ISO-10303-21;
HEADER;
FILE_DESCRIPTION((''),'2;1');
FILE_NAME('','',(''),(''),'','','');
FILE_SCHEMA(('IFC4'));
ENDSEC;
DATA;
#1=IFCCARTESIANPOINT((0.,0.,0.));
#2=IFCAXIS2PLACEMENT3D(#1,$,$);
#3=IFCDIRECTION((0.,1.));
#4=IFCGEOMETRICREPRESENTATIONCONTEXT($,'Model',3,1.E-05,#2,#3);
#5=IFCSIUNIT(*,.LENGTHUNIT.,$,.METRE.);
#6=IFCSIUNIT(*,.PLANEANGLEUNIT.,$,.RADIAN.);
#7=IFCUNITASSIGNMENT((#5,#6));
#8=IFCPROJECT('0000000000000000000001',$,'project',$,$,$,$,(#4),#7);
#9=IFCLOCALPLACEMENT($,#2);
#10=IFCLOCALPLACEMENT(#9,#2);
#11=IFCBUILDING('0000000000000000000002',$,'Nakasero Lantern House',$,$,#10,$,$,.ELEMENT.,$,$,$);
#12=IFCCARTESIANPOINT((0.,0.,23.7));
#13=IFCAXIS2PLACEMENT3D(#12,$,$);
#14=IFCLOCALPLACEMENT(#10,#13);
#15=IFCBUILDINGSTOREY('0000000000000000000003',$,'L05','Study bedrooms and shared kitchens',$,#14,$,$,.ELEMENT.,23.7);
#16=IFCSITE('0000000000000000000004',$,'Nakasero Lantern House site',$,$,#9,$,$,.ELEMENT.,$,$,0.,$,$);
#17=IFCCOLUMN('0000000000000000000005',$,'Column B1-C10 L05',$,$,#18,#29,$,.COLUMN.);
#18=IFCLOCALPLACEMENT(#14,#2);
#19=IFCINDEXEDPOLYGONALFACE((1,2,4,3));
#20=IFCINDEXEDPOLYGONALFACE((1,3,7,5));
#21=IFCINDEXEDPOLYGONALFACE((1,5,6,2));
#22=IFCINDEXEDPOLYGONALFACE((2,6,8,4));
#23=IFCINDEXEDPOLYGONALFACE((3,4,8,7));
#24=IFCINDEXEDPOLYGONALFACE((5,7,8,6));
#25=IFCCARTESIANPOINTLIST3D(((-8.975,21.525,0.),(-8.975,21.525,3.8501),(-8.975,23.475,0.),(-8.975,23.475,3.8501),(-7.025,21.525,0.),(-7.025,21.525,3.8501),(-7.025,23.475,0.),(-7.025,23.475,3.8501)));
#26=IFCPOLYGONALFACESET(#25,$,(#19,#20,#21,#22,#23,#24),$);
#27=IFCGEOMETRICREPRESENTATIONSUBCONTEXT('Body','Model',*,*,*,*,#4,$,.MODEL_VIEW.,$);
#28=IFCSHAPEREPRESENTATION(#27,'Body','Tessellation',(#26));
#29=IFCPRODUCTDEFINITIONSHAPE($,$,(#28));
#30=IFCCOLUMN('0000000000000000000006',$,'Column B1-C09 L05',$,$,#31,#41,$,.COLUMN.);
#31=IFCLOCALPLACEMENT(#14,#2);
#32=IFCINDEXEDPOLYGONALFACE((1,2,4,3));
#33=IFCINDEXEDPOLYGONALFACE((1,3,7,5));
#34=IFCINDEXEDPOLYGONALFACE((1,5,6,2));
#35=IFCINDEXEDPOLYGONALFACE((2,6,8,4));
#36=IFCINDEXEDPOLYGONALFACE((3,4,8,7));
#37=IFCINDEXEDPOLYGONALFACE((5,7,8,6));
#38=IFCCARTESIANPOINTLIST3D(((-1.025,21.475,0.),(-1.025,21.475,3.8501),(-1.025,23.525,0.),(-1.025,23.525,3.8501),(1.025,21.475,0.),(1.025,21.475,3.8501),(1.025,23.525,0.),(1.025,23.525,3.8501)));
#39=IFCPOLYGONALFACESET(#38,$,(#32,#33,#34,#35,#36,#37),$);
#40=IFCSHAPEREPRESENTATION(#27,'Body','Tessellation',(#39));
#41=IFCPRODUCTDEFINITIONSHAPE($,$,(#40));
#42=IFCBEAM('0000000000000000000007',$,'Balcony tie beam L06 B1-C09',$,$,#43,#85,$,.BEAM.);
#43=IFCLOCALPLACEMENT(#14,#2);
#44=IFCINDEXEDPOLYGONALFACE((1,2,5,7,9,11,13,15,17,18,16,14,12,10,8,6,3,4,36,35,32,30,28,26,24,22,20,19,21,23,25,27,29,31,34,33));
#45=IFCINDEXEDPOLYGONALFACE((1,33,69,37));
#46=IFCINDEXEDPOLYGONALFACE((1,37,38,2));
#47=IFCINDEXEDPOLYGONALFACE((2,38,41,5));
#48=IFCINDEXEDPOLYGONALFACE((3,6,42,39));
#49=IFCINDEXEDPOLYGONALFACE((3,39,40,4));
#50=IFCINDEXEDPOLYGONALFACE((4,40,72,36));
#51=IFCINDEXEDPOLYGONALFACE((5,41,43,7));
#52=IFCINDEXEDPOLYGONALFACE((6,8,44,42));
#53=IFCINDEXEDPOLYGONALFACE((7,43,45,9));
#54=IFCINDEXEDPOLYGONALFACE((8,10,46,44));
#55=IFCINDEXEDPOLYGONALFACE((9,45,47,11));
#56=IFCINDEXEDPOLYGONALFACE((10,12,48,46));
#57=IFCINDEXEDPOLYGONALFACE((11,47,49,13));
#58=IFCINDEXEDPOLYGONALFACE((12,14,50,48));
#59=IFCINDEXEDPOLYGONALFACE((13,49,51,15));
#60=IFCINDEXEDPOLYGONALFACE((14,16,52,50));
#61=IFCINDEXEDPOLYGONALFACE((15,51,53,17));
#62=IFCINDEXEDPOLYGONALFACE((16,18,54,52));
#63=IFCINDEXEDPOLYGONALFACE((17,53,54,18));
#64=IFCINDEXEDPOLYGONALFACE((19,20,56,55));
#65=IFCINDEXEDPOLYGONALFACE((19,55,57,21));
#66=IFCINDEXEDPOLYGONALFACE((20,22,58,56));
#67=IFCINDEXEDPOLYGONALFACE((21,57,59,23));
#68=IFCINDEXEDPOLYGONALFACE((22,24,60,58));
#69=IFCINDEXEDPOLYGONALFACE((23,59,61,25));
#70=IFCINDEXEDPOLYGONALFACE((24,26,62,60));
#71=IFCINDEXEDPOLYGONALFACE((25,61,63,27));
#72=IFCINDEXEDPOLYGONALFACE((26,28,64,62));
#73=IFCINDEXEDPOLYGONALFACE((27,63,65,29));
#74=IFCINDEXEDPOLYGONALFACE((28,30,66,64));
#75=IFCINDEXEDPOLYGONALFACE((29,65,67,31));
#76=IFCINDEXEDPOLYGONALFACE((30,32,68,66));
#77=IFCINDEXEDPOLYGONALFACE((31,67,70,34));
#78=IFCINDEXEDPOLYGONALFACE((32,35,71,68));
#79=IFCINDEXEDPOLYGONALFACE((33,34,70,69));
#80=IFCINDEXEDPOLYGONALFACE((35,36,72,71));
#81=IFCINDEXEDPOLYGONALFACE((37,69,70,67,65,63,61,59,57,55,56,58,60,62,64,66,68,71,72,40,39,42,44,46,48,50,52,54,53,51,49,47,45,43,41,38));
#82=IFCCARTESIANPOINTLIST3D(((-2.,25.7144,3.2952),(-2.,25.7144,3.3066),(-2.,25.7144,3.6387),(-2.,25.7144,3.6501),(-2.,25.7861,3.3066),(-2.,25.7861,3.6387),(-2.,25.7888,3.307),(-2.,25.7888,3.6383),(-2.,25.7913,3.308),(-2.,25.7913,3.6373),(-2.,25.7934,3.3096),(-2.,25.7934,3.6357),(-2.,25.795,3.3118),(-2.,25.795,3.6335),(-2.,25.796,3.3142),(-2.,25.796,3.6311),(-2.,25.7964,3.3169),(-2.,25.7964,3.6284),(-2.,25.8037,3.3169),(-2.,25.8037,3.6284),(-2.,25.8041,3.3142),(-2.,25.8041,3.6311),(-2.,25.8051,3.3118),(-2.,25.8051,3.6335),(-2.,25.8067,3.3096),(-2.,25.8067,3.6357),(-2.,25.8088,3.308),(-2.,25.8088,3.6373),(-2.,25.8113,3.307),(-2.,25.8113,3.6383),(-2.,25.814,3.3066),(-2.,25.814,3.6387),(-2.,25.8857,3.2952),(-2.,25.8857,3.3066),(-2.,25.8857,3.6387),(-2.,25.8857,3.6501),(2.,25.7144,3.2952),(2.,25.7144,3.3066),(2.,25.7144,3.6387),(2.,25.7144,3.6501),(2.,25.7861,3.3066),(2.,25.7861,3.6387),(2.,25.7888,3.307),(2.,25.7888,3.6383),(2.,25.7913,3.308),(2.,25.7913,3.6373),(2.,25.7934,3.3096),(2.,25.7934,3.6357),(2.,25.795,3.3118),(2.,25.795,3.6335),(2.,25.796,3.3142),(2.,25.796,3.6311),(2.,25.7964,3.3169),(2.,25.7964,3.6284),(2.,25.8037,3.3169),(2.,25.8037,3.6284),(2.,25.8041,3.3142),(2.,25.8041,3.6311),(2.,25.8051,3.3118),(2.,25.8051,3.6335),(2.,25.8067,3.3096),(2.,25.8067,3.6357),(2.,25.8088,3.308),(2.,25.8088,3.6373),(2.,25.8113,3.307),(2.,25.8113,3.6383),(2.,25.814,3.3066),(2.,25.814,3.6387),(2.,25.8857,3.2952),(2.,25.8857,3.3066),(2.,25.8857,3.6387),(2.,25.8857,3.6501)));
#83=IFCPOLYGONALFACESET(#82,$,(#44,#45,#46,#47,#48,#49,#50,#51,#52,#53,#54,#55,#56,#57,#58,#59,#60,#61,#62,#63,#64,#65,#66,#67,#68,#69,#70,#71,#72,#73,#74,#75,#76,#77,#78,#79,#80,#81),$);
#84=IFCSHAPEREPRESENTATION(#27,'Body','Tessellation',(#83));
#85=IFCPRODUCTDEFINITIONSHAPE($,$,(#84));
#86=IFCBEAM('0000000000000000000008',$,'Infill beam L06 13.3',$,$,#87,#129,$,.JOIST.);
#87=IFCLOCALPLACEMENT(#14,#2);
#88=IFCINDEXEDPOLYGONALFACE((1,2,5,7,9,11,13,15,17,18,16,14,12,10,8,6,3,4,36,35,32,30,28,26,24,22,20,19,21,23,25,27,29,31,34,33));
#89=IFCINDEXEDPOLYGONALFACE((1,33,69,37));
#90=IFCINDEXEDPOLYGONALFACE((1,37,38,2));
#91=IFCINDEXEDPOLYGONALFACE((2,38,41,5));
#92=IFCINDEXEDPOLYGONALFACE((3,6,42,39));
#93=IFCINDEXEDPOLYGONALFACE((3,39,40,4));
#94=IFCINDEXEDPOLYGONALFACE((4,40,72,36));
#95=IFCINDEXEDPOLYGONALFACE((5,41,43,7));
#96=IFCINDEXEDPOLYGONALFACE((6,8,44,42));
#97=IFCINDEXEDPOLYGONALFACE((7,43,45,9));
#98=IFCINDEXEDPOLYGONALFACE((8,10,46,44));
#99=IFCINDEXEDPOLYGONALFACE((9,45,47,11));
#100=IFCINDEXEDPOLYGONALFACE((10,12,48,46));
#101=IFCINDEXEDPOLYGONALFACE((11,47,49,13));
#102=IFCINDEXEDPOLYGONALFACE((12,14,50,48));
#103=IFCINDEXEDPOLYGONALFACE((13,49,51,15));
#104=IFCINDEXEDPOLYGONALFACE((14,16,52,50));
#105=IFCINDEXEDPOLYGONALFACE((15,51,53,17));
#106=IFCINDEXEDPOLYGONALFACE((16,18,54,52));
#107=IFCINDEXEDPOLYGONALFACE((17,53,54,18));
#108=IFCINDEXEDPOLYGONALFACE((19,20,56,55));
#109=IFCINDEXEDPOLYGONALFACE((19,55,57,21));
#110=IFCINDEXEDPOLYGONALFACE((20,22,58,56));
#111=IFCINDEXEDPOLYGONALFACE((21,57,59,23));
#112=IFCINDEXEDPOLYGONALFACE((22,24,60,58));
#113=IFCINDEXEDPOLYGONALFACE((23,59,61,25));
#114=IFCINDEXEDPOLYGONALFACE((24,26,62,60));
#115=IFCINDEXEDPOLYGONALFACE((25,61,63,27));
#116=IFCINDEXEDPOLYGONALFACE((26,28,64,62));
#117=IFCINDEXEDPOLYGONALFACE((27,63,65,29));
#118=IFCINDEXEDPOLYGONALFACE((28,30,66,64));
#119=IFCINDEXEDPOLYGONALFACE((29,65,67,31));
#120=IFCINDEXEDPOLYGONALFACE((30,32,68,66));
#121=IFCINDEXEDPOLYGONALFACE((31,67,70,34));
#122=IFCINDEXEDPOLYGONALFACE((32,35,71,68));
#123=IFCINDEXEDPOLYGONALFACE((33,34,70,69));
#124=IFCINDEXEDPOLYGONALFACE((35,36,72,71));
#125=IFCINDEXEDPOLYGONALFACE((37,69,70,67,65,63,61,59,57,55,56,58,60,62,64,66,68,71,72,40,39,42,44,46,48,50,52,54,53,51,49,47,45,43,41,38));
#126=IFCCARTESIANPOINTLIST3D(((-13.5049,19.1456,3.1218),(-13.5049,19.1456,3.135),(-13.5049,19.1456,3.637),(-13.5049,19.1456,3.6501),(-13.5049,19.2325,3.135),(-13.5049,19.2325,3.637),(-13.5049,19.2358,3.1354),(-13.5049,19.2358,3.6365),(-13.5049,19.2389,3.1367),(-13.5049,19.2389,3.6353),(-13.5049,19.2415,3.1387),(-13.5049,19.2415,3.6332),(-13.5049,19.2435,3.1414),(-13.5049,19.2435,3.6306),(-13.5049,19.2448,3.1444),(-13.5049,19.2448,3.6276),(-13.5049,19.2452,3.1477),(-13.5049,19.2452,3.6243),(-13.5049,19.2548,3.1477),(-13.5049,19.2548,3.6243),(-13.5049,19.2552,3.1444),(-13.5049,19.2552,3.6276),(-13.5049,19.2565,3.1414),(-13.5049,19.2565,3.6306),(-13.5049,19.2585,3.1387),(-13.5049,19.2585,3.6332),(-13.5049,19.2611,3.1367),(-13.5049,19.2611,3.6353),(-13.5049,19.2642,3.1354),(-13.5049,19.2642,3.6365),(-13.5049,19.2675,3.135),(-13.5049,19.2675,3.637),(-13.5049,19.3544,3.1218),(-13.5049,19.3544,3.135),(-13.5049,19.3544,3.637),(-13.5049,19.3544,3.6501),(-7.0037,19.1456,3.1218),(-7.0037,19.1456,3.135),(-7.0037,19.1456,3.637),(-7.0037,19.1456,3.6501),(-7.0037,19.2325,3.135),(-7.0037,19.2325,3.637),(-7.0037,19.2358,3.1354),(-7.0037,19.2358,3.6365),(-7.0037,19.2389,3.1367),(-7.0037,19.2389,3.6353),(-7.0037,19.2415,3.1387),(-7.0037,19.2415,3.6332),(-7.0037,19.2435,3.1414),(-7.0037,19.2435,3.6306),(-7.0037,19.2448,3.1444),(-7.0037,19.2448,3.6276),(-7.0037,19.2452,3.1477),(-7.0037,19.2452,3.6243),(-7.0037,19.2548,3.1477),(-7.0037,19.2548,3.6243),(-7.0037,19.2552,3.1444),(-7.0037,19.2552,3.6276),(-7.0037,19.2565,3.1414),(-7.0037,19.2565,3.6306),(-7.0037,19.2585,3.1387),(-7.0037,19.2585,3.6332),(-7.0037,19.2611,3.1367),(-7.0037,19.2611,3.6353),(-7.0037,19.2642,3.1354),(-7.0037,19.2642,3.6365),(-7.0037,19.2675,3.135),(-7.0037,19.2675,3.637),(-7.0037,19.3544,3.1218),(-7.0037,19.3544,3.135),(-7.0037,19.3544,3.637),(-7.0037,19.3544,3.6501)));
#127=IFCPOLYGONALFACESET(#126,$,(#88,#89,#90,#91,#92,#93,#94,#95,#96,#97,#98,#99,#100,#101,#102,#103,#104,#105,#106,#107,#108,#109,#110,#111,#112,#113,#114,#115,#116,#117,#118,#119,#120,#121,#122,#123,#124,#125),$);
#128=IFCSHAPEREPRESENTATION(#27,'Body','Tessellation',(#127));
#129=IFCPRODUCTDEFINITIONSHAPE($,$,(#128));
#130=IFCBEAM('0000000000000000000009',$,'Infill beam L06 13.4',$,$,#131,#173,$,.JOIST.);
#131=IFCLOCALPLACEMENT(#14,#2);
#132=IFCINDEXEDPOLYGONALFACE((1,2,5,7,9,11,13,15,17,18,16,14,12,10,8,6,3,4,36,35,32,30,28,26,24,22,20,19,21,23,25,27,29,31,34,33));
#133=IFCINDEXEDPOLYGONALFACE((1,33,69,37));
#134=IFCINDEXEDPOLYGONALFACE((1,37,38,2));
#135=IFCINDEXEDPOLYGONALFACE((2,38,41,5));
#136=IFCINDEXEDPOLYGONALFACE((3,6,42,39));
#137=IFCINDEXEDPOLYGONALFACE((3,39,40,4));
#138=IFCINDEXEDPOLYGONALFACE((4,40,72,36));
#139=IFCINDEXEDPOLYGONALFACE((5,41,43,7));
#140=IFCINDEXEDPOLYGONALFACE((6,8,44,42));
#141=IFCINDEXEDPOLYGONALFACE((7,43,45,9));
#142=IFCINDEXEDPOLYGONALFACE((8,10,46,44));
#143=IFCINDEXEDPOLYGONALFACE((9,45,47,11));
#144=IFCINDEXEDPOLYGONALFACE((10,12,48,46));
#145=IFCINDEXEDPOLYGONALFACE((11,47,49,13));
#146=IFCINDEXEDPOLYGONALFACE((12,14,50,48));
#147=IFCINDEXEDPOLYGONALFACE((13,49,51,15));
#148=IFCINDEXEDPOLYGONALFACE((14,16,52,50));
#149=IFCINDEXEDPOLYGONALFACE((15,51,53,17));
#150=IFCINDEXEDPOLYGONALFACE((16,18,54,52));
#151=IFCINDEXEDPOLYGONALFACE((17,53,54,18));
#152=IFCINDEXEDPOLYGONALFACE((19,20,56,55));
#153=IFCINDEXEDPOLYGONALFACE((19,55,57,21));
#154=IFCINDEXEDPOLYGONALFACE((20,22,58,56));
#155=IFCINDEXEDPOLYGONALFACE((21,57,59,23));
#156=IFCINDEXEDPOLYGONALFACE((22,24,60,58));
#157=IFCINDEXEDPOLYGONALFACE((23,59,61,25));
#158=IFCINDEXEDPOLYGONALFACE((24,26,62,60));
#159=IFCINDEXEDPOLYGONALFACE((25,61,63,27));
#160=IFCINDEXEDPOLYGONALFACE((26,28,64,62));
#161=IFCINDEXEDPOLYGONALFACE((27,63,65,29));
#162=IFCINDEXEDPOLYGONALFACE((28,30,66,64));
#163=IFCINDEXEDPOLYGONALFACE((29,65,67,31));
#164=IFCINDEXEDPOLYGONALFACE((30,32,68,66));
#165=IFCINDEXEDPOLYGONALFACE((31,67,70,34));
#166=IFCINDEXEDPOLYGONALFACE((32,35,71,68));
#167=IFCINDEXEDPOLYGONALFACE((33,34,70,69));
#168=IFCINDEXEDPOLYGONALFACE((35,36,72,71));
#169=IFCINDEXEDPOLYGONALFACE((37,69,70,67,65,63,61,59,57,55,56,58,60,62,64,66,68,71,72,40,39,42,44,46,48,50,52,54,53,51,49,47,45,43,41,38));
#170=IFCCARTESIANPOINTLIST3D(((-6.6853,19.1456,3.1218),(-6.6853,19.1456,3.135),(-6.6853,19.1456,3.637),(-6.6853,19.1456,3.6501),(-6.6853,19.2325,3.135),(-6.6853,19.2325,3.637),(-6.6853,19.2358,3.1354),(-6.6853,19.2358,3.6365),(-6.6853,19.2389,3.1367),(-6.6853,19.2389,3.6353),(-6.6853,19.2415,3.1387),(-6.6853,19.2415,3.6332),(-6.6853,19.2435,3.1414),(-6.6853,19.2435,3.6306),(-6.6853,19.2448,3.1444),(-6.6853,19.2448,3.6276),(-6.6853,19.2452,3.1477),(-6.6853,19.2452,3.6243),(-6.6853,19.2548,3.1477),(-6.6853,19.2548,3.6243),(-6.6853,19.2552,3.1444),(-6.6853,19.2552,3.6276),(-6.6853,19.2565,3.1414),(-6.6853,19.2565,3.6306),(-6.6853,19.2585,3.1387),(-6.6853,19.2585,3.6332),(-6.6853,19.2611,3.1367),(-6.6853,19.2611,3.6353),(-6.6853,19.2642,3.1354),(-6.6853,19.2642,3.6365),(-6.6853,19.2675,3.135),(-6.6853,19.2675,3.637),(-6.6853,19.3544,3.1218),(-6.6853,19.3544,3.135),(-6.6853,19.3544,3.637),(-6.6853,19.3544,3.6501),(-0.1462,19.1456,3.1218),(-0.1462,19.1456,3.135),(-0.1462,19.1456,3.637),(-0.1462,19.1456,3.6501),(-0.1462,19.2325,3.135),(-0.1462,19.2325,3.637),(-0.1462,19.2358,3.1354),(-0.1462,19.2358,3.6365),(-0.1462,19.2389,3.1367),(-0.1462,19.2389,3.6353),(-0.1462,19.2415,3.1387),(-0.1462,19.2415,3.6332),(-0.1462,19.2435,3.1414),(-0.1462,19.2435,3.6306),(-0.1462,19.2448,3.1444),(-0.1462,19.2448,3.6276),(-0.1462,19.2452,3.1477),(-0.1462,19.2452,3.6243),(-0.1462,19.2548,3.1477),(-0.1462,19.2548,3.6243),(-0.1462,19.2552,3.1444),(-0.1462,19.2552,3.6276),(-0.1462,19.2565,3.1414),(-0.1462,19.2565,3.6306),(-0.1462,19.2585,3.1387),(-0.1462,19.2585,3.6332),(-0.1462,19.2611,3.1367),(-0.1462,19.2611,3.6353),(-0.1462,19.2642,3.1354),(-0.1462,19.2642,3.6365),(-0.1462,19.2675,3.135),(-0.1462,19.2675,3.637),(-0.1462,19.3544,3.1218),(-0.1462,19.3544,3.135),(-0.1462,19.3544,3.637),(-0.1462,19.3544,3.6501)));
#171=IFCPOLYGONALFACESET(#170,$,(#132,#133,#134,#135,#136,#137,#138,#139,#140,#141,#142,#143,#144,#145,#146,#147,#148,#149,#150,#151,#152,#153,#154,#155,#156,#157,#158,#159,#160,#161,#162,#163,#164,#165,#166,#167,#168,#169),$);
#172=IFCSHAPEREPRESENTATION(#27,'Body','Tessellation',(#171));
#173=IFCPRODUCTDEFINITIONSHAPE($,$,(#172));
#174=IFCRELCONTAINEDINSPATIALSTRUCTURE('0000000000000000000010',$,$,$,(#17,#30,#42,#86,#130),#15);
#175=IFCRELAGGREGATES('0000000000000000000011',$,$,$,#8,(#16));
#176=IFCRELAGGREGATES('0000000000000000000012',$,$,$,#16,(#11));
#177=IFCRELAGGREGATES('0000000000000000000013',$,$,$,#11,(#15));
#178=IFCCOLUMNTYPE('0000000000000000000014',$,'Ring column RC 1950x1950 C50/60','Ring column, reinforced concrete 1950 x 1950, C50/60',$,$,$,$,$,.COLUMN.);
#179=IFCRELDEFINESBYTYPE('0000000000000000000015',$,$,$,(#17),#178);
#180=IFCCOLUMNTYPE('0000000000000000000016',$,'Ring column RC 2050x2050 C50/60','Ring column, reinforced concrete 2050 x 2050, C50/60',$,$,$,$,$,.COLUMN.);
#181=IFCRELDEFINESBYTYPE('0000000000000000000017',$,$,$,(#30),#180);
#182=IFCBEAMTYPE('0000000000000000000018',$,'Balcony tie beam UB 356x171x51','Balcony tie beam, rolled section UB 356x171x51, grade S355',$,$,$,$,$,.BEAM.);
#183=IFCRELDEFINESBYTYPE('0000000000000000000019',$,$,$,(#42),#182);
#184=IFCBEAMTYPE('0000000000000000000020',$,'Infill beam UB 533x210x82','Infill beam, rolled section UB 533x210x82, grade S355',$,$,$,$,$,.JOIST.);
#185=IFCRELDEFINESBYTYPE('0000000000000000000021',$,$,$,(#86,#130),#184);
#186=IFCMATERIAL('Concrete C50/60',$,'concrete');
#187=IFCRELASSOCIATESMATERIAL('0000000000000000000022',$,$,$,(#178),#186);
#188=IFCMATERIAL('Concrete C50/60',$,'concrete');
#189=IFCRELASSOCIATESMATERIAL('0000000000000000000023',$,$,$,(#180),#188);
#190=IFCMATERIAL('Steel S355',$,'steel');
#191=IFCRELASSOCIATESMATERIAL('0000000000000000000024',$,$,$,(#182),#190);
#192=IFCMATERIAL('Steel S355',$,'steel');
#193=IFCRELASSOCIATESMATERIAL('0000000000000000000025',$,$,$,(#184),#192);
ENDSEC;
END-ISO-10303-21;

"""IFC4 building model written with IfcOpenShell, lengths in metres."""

from ifc_helpers import new_model, si_unit, direction, frame, origin, origin_2d, place, context, subcontext, project, spatial, rectangle, i_section, extrude, material, material_profile, profile_set, type_object, element, save


model = new_model("IFC4")

# Units and contexts
model_context = context("Model", 3, precision=1e-05, world=origin(), true_north=direction((0.0, 1.0)))
body_context = subcontext(model_context, "Body", "Model", "MODEL_VIEW")
ifc_project = project(units=[si_unit("LENGTHUNIT", "METRE"), si_unit("PLANEANGLEUNIT", "RADIAN")], contexts=[model_context])

# Site, building, storey
site_placement = place(None, origin())
site = spatial("IfcSite", under=ifc_project, at=site_placement, Name="Nakasero Lantern House site", CompositionType="ELEMENT", RefElevation=0.0)
building_placement = place(site_placement, origin())
building = spatial("IfcBuilding", under=site, at=building_placement, Name="Nakasero Lantern House", CompositionType="ELEMENT")
storey_placement = place(building_placement, frame((0.0, 0.0, 23.7)))
storey = spatial("IfcBuildingStorey", under=building, at=storey_placement, Name="L05", Description="Study bedrooms and shared kitchens", CompositionType="ELEMENT", Elevation=23.7)

# Columns
ifc_material_1 = material(Name="Concrete C50/60", Category="concrete")
ifc_material_profile_1 = material_profile(ifc_material_1, rectangle(XDim=1.95, YDim=1.95, at=origin_2d()), Name="RC 1950x1950")
ifc_profile_set_1 = profile_set([ifc_material_profile_1], Name="Concrete C50/60")
column_type_1 = type_object("IfcColumnType", Name="Ring column RC 1950x1950 C50/60", Description="Ring column, reinforced concrete 1950 x 1950, C50/60", PredefinedType="COLUMN", material=ifc_profile_set_1)
column_1_placement = place(storey_placement, frame((-8.0, 22.5, 0.0), z_axis=(0.0, 0.0, 1.0), x_axis=(1.0, 0.0, 0.0)))
element("IfcColumn", 1, at=column_1_placement, inside=storey, type_object=column_type_1, Name="Column B1-C10 L05", PredefinedType="COLUMN", context=body_context, shape_type="SweptSolid", body=[
    extrude(rectangle(XDim=1.95, YDim=1.95, at=origin_2d()), origin(), (0.0, 0.0, 1.0), 3.8501),
])
ifc_material_2 = material(Name="Concrete C50/60", Category="concrete")
ifc_material_profile_2 = material_profile(ifc_material_2, rectangle(XDim=2.05, YDim=2.05, at=origin_2d()), Name="RC 2050x2050")
ifc_profile_set_2 = profile_set([ifc_material_profile_2], Name="Concrete C50/60")
column_type_2 = type_object("IfcColumnType", Name="Ring column RC 2050x2050 C50/60", Description="Ring column, reinforced concrete 2050 x 2050, C50/60", PredefinedType="COLUMN", material=ifc_profile_set_2)
column_2_placement = place(storey_placement, frame((0.0, 22.5, 0.0), z_axis=(0.0, 0.0, 1.0), x_axis=(1.0, 0.0, 0.0)))
element("IfcColumn", 2, at=column_2_placement, inside=storey, type_object=column_type_2, Name="Column B1-C09 L05", PredefinedType="COLUMN", context=body_context, shape_type="SweptSolid", body=[
    extrude(rectangle(XDim=2.05, YDim=2.05, at=origin_2d()), origin(), (0.0, 0.0, 1.0), 3.8501),
])

# Beams
ifc_material_3 = material(Name="Steel S355", Category="steel")
ifc_material_profile_3 = material_profile(ifc_material_3, i_section(OverallWidth=0.1714, OverallDepth=0.355, WebThickness=0.0073, FlangeThickness=0.0115, FilletRadius=0.0103, at=origin_2d()), Name="UB 356x171x51")
ifc_profile_set_3 = profile_set([ifc_material_profile_3], Name="Steel S355")
beam_type_1 = type_object("IfcBeamType", Name="Balcony tie beam UB 356x171x51", Description="Balcony tie beam, rolled section UB 356x171x51, grade S355", PredefinedType="BEAM", material=ifc_profile_set_3)
beam_1_placement = place(storey_placement, frame((-2.0, 25.8, 3.4727), z_axis=(1.0, 0.0, 0.0), x_axis=(0.0, 1.0, 0.0)))
element("IfcBeam", 3, at=beam_1_placement, inside=storey, type_object=beam_type_1, Name="Balcony tie beam L06 B1-C09", PredefinedType="BEAM", context=body_context, shape_type="SweptSolid", body=[
    extrude(i_section(OverallWidth=0.1714, OverallDepth=0.355, WebThickness=0.0073, FlangeThickness=0.0115, FilletRadius=0.0103, at=origin_2d()), origin(), (0.0, 0.0, 1.0), 4.0),
])
ifc_material_4 = material(Name="Steel S355", Category="steel")
ifc_material_profile_4 = material_profile(ifc_material_4, i_section(OverallWidth=0.2087, OverallDepth=0.5283, WebThickness=0.0095, FlangeThickness=0.0132, FilletRadius=0.0127, at=origin_2d()), Name="UB 533x210x82")
ifc_profile_set_4 = profile_set([ifc_material_profile_4], Name="Steel S355")
beam_type_2 = type_object("IfcBeamType", Name="Infill beam UB 533x210x82", Description="Infill beam, rolled section UB 533x210x82, grade S355", PredefinedType="JOIST", material=ifc_profile_set_4)
beam_2_placement = place(storey_placement, frame((-13.5049, 19.25, 3.386), z_axis=(1.0, 0.0, 0.0), x_axis=(0.0, 1.0, 0.0)))
element("IfcBeam", 4, at=beam_2_placement, inside=storey, type_object=beam_type_2, Name="Infill beam L06 13.3", PredefinedType="JOIST", context=body_context, shape_type="SweptSolid", body=[
    extrude(i_section(OverallWidth=0.2087, OverallDepth=0.5283, WebThickness=0.0095, FlangeThickness=0.0132, FilletRadius=0.0127, at=origin_2d()), origin(), (0.0, 0.0, 1.0), 6.5012),
])
beam_3_placement = place(storey_placement, frame((-6.6853, 19.25, 3.386), z_axis=(1.0, 0.0, 0.0), x_axis=(0.0, 1.0, 0.0)))
element("IfcBeam", 5, at=beam_3_placement, inside=storey, type_object=beam_type_2, Name="Infill beam L06 13.4", PredefinedType="JOIST", context=body_context, shape_type="SweptSolid", body=[
    extrude(i_section(OverallWidth=0.2087, OverallDepth=0.5283, WebThickness=0.0095, FlangeThickness=0.0132, FilletRadius=0.0127, at=origin_2d()), origin(), (0.0, 0.0, 1.0), 6.5391),
])

save(model, "model.ifc")
